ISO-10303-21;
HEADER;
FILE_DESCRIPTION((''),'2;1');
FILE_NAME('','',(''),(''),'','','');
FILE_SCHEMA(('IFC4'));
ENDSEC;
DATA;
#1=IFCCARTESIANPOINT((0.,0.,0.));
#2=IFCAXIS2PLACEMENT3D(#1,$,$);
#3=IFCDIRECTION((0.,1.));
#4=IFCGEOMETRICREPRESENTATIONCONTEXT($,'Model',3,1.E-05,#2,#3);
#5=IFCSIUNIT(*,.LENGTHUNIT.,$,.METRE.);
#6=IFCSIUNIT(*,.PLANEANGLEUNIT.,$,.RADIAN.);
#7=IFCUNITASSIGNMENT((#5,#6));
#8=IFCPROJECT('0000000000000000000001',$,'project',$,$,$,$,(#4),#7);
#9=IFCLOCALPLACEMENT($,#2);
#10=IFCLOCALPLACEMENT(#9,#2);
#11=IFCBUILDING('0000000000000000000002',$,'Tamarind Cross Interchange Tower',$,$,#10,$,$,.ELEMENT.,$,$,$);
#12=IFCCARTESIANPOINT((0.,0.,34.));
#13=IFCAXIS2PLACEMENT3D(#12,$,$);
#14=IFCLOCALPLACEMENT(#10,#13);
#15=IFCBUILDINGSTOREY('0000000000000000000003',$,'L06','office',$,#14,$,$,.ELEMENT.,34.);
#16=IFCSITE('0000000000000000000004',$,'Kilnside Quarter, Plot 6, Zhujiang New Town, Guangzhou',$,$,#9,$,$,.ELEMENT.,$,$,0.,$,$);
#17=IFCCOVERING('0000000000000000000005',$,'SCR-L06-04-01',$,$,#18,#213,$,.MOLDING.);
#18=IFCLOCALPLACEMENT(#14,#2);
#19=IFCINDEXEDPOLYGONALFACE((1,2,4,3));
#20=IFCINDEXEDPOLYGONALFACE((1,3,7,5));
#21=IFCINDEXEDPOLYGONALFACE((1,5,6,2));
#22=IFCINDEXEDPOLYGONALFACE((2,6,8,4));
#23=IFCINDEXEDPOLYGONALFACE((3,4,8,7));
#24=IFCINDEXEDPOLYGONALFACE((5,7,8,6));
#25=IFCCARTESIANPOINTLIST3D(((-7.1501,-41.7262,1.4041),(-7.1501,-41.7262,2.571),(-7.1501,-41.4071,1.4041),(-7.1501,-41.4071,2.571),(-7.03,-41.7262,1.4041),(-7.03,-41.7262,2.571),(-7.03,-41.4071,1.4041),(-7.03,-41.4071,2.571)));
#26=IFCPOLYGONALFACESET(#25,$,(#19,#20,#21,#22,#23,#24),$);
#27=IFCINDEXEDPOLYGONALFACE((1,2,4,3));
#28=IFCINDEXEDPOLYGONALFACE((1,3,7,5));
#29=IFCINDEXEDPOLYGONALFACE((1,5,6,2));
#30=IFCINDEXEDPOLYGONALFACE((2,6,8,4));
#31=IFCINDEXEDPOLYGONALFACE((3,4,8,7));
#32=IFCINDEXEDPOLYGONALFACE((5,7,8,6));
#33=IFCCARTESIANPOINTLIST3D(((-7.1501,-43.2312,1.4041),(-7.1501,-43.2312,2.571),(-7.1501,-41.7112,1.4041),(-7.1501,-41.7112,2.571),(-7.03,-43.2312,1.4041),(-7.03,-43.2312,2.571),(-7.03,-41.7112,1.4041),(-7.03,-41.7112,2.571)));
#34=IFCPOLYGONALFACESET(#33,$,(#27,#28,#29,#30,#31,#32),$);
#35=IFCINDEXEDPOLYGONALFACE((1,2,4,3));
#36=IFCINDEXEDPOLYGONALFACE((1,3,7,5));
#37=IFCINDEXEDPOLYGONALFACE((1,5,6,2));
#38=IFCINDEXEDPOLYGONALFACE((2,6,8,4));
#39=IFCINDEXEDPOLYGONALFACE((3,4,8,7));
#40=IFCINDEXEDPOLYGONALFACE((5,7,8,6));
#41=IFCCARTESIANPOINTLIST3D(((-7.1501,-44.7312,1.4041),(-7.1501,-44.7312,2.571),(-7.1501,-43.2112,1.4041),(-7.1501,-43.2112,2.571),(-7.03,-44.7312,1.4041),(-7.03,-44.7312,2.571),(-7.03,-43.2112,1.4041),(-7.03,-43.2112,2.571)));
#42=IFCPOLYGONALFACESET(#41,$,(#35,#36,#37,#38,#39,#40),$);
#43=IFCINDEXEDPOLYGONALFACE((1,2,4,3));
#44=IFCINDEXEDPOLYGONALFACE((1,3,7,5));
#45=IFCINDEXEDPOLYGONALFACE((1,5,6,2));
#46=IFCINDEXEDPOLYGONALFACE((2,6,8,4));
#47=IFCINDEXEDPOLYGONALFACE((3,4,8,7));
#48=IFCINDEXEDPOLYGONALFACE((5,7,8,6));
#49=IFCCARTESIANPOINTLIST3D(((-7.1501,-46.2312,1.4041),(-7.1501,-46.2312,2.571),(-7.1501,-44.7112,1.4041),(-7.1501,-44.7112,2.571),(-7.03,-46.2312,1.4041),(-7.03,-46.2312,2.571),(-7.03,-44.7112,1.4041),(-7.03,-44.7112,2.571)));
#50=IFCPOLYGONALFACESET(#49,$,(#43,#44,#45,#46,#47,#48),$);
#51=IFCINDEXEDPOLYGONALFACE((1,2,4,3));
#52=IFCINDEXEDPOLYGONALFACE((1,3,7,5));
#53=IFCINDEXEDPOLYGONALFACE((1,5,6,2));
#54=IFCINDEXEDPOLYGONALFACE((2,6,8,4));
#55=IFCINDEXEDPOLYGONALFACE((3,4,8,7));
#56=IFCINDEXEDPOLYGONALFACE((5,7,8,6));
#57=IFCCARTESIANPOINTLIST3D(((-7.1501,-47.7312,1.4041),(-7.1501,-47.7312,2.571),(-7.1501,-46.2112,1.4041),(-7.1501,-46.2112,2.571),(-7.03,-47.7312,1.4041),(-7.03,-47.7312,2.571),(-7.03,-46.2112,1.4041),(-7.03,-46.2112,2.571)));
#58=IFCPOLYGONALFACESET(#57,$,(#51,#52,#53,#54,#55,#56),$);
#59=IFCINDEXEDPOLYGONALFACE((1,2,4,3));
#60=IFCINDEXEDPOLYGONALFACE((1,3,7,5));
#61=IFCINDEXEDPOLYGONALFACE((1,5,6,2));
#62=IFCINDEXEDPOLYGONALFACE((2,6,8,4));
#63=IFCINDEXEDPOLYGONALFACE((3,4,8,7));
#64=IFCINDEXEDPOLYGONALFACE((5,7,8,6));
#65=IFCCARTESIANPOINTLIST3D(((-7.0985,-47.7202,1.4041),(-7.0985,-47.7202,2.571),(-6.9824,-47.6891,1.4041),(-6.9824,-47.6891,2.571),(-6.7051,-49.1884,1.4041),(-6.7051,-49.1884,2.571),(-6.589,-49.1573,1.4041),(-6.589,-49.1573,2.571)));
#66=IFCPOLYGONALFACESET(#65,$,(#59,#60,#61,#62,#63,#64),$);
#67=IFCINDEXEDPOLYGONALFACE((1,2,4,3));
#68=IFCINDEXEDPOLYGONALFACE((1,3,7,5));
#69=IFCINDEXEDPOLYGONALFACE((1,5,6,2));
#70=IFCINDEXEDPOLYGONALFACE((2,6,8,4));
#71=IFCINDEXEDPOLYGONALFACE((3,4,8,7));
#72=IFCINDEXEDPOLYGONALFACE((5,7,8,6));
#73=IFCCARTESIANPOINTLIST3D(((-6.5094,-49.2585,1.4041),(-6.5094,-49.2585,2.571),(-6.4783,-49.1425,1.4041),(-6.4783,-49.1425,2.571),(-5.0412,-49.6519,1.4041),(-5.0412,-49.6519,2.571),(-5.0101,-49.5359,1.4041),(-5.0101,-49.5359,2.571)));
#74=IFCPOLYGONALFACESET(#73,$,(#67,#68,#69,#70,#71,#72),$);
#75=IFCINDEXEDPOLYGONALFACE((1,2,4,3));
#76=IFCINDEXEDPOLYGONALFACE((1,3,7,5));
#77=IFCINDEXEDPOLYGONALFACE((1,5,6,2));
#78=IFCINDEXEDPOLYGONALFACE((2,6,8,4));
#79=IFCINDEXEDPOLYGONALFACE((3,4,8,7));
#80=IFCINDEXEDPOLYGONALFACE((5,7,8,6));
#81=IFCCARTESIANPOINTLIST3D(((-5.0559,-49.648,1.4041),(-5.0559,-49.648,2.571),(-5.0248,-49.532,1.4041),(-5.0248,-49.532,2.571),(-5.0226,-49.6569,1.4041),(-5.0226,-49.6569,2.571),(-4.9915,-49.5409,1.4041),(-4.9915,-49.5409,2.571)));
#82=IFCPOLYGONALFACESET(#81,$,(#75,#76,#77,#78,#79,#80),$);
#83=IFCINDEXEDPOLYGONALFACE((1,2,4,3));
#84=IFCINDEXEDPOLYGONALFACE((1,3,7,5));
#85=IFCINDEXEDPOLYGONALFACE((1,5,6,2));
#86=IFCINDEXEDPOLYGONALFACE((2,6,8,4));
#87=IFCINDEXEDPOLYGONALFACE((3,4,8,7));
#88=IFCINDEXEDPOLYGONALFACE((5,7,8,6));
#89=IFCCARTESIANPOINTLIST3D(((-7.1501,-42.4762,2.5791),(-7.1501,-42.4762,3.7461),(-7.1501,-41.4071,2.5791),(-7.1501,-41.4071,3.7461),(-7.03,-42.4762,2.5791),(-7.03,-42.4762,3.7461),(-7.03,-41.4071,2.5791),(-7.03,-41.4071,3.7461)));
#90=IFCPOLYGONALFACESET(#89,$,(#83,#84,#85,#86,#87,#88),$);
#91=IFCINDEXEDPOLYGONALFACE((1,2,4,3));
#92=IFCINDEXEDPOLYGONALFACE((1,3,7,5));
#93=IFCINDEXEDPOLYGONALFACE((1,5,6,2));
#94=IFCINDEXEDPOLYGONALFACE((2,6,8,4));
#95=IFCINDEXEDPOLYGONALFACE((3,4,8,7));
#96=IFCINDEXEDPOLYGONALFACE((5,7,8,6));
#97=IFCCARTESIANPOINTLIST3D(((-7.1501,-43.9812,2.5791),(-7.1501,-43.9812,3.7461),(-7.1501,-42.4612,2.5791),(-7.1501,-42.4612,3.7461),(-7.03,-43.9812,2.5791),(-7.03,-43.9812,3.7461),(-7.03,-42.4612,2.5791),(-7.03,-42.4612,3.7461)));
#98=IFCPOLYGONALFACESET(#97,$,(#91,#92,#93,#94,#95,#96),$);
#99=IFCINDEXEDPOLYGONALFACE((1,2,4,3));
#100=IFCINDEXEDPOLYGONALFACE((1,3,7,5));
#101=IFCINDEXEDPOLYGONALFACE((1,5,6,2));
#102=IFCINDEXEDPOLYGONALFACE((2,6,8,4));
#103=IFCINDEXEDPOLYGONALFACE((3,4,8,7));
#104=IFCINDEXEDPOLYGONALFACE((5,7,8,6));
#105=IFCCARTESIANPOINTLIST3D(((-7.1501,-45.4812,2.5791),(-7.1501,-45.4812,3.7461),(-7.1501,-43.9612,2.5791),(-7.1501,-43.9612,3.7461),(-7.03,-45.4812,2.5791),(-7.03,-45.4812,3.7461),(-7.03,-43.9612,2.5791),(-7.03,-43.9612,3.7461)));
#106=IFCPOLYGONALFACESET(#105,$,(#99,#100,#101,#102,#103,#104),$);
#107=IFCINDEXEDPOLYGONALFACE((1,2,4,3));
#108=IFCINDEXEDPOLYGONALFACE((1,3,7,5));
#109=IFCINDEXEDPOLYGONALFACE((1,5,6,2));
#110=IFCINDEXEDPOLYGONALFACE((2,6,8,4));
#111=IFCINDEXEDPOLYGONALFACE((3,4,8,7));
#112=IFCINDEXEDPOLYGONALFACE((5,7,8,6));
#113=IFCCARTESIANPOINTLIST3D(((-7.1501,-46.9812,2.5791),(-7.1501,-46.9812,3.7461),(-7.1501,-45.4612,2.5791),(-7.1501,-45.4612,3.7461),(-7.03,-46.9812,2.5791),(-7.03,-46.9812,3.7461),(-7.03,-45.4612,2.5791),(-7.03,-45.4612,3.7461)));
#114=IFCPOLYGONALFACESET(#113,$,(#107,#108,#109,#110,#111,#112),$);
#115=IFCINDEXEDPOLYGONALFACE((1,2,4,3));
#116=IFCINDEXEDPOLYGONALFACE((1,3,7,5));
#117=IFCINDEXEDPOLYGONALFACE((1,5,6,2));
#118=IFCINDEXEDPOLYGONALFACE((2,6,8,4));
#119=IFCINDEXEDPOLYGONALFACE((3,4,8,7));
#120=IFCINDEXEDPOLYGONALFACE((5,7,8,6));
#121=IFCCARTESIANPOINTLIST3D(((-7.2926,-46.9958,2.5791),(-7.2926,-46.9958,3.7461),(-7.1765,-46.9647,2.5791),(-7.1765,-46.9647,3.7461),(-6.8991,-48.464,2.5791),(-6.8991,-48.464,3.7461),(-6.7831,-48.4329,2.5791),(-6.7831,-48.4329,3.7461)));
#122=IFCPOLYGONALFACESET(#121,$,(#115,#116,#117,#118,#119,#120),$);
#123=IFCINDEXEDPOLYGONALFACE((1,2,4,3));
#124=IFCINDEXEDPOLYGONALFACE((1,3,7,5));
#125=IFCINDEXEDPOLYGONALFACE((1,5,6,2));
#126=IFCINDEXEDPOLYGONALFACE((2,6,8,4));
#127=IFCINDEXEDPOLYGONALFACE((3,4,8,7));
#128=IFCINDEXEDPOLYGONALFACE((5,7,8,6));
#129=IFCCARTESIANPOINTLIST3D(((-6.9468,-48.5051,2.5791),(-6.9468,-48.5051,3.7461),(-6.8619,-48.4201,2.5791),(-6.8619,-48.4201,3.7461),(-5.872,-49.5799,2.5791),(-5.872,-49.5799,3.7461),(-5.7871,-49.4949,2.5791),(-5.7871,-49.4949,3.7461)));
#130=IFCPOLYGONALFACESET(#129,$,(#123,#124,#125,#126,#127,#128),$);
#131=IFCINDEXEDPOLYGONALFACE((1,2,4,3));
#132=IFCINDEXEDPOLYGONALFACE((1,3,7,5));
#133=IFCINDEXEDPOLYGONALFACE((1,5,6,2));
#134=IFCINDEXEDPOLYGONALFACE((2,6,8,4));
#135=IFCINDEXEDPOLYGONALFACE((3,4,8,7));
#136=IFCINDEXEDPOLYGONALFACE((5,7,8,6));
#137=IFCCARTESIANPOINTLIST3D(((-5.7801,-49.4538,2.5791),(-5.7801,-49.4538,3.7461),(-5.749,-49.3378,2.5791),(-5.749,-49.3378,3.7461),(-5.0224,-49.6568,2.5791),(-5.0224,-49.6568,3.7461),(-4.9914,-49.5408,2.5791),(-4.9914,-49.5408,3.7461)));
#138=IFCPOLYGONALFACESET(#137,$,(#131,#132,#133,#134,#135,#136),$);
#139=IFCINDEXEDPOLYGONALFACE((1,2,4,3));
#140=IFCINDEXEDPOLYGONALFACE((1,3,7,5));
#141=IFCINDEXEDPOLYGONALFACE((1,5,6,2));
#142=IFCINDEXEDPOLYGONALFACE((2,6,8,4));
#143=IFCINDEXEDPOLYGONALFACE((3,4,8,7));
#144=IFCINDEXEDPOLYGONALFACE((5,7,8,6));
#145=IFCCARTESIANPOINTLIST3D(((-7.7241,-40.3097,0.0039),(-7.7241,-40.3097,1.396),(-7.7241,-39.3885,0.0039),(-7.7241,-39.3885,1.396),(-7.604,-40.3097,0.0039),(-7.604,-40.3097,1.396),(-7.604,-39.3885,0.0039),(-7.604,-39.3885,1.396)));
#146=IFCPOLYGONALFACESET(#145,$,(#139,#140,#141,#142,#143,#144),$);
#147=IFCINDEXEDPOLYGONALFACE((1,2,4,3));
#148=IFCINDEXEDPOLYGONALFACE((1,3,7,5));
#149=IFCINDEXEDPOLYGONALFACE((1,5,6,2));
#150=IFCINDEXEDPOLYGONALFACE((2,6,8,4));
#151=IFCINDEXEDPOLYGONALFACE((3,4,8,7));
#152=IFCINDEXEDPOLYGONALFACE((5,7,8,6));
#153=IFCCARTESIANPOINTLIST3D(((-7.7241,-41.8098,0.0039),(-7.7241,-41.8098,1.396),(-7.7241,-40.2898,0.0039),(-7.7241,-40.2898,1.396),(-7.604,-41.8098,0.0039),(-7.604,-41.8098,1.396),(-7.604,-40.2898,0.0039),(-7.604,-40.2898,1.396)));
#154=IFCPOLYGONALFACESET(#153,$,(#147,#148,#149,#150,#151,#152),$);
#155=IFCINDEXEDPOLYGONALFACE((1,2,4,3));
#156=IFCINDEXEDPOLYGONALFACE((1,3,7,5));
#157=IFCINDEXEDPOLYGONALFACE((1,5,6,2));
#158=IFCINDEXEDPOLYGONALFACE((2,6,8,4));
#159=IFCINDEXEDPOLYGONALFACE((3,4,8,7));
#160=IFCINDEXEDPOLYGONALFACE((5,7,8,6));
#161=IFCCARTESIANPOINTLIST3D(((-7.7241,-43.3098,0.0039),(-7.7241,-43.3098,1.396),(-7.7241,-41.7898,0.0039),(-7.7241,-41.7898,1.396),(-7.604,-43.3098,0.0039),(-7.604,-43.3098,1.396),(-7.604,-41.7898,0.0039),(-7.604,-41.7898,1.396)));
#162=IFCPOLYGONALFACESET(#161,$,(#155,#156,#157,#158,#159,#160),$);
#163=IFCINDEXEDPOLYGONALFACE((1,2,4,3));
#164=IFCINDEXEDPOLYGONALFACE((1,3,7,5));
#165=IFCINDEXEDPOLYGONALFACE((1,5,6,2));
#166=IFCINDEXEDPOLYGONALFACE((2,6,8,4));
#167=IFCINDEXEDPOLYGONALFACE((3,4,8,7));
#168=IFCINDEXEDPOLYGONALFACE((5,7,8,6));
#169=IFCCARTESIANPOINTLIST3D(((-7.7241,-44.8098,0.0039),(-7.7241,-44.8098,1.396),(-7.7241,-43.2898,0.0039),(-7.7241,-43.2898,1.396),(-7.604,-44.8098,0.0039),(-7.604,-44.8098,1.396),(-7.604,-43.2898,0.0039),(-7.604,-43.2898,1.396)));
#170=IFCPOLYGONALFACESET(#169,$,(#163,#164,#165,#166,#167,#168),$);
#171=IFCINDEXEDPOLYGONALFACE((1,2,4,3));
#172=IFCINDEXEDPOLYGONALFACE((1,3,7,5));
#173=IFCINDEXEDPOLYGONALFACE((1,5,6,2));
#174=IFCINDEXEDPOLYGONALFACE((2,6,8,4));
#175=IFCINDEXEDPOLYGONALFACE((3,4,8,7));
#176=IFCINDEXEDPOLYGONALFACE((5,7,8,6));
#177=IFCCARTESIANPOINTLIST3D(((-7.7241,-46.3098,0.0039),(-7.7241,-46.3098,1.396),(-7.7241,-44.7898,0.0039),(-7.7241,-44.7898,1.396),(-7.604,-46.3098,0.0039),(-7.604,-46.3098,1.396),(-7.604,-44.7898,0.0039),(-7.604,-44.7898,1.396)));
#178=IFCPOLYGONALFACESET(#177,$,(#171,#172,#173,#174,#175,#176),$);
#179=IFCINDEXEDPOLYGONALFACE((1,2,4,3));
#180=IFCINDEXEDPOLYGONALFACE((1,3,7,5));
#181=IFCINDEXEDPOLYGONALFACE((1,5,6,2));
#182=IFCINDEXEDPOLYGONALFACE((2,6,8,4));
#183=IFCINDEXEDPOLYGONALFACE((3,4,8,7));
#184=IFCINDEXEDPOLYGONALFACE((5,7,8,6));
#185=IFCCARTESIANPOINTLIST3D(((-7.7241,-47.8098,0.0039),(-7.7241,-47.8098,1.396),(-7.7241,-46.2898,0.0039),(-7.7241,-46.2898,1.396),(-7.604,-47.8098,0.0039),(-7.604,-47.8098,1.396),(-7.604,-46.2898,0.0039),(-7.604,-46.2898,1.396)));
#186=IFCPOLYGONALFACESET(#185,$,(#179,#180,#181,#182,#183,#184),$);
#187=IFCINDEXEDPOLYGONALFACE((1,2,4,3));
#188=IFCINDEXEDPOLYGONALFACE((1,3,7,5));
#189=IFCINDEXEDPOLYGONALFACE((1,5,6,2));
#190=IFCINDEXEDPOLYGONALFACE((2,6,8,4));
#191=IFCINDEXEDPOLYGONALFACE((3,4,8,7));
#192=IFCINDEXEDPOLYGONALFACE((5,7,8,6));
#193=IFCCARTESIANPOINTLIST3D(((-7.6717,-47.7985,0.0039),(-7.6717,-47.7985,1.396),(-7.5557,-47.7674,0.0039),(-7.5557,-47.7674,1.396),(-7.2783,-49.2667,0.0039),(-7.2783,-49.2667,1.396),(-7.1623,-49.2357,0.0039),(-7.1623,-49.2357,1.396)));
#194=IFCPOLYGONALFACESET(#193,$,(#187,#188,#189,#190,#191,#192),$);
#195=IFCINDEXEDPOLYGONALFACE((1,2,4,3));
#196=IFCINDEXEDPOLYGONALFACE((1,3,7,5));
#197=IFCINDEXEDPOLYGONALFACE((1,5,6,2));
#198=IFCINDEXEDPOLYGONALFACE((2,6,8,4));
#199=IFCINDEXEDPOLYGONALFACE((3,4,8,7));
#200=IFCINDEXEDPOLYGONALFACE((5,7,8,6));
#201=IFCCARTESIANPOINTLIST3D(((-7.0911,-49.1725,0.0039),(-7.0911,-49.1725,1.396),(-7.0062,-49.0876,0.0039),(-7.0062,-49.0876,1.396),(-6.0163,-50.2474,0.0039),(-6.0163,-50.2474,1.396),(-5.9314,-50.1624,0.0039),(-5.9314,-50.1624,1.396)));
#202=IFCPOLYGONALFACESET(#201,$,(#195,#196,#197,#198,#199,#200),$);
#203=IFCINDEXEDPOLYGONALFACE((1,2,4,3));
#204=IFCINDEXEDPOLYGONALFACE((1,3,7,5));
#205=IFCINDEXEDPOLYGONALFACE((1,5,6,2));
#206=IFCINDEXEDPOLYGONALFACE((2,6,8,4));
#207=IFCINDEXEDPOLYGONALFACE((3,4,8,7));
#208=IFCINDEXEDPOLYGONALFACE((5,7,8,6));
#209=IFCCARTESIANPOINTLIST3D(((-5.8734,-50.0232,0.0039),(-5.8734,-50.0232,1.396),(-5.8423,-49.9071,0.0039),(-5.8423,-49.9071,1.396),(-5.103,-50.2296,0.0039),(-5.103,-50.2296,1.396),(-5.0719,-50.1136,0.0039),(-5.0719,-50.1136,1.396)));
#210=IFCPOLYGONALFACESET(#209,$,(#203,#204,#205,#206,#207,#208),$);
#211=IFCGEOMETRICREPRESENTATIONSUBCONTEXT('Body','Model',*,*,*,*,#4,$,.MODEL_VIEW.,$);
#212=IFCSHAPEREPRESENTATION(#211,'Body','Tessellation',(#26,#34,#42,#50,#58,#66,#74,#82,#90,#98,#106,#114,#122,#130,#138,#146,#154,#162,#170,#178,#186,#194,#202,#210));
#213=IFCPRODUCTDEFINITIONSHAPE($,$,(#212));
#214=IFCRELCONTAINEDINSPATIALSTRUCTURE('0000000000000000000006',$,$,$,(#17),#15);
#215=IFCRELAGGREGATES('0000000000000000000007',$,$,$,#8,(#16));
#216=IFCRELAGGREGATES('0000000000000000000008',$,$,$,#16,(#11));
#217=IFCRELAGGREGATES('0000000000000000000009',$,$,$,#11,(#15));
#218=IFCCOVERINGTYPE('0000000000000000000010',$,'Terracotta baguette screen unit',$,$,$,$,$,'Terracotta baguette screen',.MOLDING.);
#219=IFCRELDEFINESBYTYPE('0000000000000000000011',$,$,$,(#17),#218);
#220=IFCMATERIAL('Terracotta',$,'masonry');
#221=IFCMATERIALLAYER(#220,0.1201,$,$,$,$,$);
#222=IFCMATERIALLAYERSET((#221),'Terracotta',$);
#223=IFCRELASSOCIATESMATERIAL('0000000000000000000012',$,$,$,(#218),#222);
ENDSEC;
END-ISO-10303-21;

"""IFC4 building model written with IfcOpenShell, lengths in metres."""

from ifc_helpers import new_model, si_unit, direction, frame, origin, origin_2d, place, context, subcontext, project, spatial, rectangle, extrude, material, layer, layer_set, type_object, element, save


model = new_model("IFC4")

# Units and contexts
model_context = context("Model", 3, precision=1e-05, world=origin(), true_north=direction((0.0, 1.0)))
body_context = subcontext(model_context, "Body", "Model", "MODEL_VIEW")
ifc_project = project(units=[si_unit("LENGTHUNIT", "METRE"), si_unit("PLANEANGLEUNIT", "RADIAN")], contexts=[model_context])

# Site, building, storey
site_placement = place(None, origin())
site = spatial("IfcSite", under=ifc_project, at=site_placement, Name="Kilnside Quarter, Plot 6, Zhujiang New Town, Guangzhou", CompositionType="ELEMENT", RefElevation=0.0)
building_placement = place(site_placement, origin())
building = spatial("IfcBuilding", under=site, at=building_placement, Name="Tamarind Cross Interchange Tower", CompositionType="ELEMENT")
storey_placement = place(building_placement, frame((0.0, 0.0, 34.0)))
storey = spatial("IfcBuildingStorey", under=building, at=storey_placement, Name="L06", Description="office", CompositionType="ELEMENT", Elevation=34.0)

# Covering
ifc_material_1 = material(Name="Terracotta", Category="masonry")
ifc_layer_1 = layer(ifc_material_1, 0.1201)
ifc_layer_set_1 = layer_set([ifc_layer_1], Name="Terracotta")
covering_type = type_object("IfcCoveringType", Name="Terracotta baguette screen unit", ElementType="Terracotta baguette screen", PredefinedType="MOLDING", material=ifc_layer_set_1)
covering_1_placement = place(storey_placement, origin())
element("IfcCovering", 1, at=covering_1_placement, inside=storey, type_object=covering_type, Name="SCR-L06-04-01", PredefinedType="MOLDING", context=body_context, shape_type="SweptSolid", body=[
    extrude(rectangle(XDim=0.3191, YDim=0.1201, at=origin_2d()), frame((-7.0901, -41.5667, 1.4041), z_axis=(0.0, 0.0, 1.0), x_axis=(0.0, -1.0, 0.0)), (0.0, 0.0, 1.0), 1.167),
    extrude(rectangle(XDim=1.52, YDim=0.1201, at=origin_2d()), frame((-7.0901, -42.4712, 1.4041), z_axis=(0.0, 0.0, 1.0), x_axis=(0.0, -1.0, 0.0)), (0.0, 0.0, 1.0), 1.167),
    extrude(rectangle(XDim=1.52, YDim=0.1201, at=origin_2d()), frame((-7.0901, -43.9712, 1.4041), z_axis=(0.0, 0.0, 1.0), x_axis=(0.0, -1.0, 0.0)), (0.0, 0.0, 1.0), 1.167),
    extrude(rectangle(XDim=1.52, YDim=0.1201, at=origin_2d()), frame((-7.0901, -45.4712, 1.4041), z_axis=(0.0, 0.0, 1.0), x_axis=(0.0, -1.0, 0.0)), (0.0, 0.0, 1.0), 1.167),
    extrude(rectangle(XDim=1.52, YDim=0.1201, at=origin_2d()), frame((-7.0901, -46.9712, 1.4041), z_axis=(0.0, 0.0, 1.0), x_axis=(0.0, -1.0, 0.0)), (0.0, 0.0, 1.0), 1.167),
    extrude(rectangle(XDim=1.52, YDim=0.1201, at=origin_2d()), frame((-6.8438, -48.4387, 1.4041), z_axis=(0.0, 0.0, 1.0), x_axis=(0.258819, -0.965926, 0.0)), (0.0, 0.0, 1.0), 1.167),
    extrude(rectangle(XDim=1.52, YDim=0.1201, at=origin_2d()), frame((-5.7598, -49.3972, 1.4041), z_axis=(0.0, 0.0, 1.0), x_axis=(0.965926, -0.258819, 0.0)), (0.0, 0.0, 1.0), 1.167),
    extrude(rectangle(XDim=0.0344, YDim=0.1201, at=origin_2d()), frame((-5.0237, -49.5945, 1.4041), z_axis=(0.0, 0.0, 1.0), x_axis=(0.965926, -0.258819, 0.0)), (0.0, 0.0, 1.0), 1.167),
    extrude(rectangle(XDim=1.0691, YDim=0.1201, at=origin_2d()), frame((-7.0901, -41.9417, 2.5791), z_axis=(0.0, 0.0, 1.0), x_axis=(0.0, -1.0, 0.0)), (0.0, 0.0, 1.0), 1.167),
    extrude(rectangle(XDim=1.52, YDim=0.1201, at=origin_2d()), frame((-7.0901, -43.2212, 2.5791), z_axis=(0.0, 0.0, 1.0), x_axis=(0.0, -1.0, 0.0)), (0.0, 0.0, 1.0), 1.167),
    extrude(rectangle(XDim=1.52, YDim=0.1201, at=origin_2d()), frame((-7.0901, -44.7212, 2.5791), z_axis=(0.0, 0.0, 1.0), x_axis=(0.0, -1.0, 0.0)), (0.0, 0.0, 1.0), 1.167),
    extrude(rectangle(XDim=1.52, YDim=0.1201, at=origin_2d()), frame((-7.0901, -46.2212, 2.5791), z_axis=(0.0, 0.0, 1.0), x_axis=(0.0, -1.0, 0.0)), (0.0, 0.0, 1.0), 1.167),
    extrude(rectangle(XDim=1.52, YDim=0.1201, at=origin_2d()), frame((-7.0378, -47.7144, 2.5791), z_axis=(0.0, 0.0, 1.0), x_axis=(0.258819, -0.965926, 0.0)), (0.0, 0.0, 1.0), 1.167),
    extrude(rectangle(XDim=1.52, YDim=0.1201, at=origin_2d()), frame((-6.3669, -49.0, 2.5791), z_axis=(0.0, 0.0, 1.0), x_axis=(0.707107, -0.707107, 0.0)), (0.0, 0.0, 1.0), 1.167),
    extrude(rectangle(XDim=0.7844, YDim=0.1201, at=origin_2d()), frame((-5.3857, -49.4973, 2.5791), z_axis=(0.0, 0.0, 1.0), x_axis=(0.965926, -0.258819, 0.0)), (0.0, 0.0, 1.0), 1.167),
    extrude(rectangle(XDim=0.9211, YDim=0.1201, at=origin_2d()), frame((-7.6641, -39.8491, 0.0039), z_axis=(0.0, 0.0, 1.0), x_axis=(0.0, -1.0, 0.0)), (0.0, 0.0, 1.0), 1.3921),
    extrude(rectangle(XDim=1.52, YDim=0.1201, at=origin_2d()), frame((-7.6641, -41.0498, 0.0039), z_axis=(0.0, 0.0, 1.0), x_axis=(0.0, -1.0, 0.0)), (0.0, 0.0, 1.0), 1.3921),
    extrude(rectangle(XDim=1.52, YDim=0.1201, at=origin_2d()), frame((-7.6641, -42.5498, 0.0039), z_axis=(0.0, 0.0, 1.0), x_axis=(0.0, -1.0, 0.0)), (0.0, 0.0, 1.0), 1.3921),
    extrude(rectangle(XDim=1.52, YDim=0.1201, at=origin_2d()), frame((-7.6641, -44.0498, 0.0039), z_axis=(0.0, 0.0, 1.0), x_axis=(0.0, -1.0, 0.0)), (0.0, 0.0, 1.0), 1.3921),
    extrude(rectangle(XDim=1.52, YDim=0.1201, at=origin_2d()), frame((-7.6641, -45.5498, 0.0039), z_axis=(0.0, 0.0, 1.0), x_axis=(0.0, -1.0, 0.0)), (0.0, 0.0, 1.0), 1.3921),
    extrude(rectangle(XDim=1.52, YDim=0.1201, at=origin_2d()), frame((-7.6641, -47.0498, 0.0039), z_axis=(0.0, 0.0, 1.0), x_axis=(0.0, -1.0, 0.0)), (0.0, 0.0, 1.0), 1.3921),
    extrude(rectangle(XDim=1.52, YDim=0.1201, at=origin_2d()), frame((-7.417, -48.5171, 0.0039), z_axis=(0.0, 0.0, 1.0), x_axis=(0.258819, -0.965926, 0.0)), (0.0, 0.0, 1.0), 1.3921),
    extrude(rectangle(XDim=1.52, YDim=0.1201, at=origin_2d()), frame((-6.5112, -49.6675, 0.0039), z_axis=(0.0, 0.0, 1.0), x_axis=(0.707107, -0.707107, 0.0)), (0.0, 0.0, 1.0), 1.3921),
    extrude(rectangle(XDim=0.7976, YDim=0.1201, at=origin_2d()), frame((-5.4727, -50.0684, 0.0039), z_axis=(0.0, 0.0, 1.0), x_axis=(0.965926, -0.258819, 0.0)), (0.0, 0.0, 1.0), 1.3921),
])

save(model, "model.ifc")
